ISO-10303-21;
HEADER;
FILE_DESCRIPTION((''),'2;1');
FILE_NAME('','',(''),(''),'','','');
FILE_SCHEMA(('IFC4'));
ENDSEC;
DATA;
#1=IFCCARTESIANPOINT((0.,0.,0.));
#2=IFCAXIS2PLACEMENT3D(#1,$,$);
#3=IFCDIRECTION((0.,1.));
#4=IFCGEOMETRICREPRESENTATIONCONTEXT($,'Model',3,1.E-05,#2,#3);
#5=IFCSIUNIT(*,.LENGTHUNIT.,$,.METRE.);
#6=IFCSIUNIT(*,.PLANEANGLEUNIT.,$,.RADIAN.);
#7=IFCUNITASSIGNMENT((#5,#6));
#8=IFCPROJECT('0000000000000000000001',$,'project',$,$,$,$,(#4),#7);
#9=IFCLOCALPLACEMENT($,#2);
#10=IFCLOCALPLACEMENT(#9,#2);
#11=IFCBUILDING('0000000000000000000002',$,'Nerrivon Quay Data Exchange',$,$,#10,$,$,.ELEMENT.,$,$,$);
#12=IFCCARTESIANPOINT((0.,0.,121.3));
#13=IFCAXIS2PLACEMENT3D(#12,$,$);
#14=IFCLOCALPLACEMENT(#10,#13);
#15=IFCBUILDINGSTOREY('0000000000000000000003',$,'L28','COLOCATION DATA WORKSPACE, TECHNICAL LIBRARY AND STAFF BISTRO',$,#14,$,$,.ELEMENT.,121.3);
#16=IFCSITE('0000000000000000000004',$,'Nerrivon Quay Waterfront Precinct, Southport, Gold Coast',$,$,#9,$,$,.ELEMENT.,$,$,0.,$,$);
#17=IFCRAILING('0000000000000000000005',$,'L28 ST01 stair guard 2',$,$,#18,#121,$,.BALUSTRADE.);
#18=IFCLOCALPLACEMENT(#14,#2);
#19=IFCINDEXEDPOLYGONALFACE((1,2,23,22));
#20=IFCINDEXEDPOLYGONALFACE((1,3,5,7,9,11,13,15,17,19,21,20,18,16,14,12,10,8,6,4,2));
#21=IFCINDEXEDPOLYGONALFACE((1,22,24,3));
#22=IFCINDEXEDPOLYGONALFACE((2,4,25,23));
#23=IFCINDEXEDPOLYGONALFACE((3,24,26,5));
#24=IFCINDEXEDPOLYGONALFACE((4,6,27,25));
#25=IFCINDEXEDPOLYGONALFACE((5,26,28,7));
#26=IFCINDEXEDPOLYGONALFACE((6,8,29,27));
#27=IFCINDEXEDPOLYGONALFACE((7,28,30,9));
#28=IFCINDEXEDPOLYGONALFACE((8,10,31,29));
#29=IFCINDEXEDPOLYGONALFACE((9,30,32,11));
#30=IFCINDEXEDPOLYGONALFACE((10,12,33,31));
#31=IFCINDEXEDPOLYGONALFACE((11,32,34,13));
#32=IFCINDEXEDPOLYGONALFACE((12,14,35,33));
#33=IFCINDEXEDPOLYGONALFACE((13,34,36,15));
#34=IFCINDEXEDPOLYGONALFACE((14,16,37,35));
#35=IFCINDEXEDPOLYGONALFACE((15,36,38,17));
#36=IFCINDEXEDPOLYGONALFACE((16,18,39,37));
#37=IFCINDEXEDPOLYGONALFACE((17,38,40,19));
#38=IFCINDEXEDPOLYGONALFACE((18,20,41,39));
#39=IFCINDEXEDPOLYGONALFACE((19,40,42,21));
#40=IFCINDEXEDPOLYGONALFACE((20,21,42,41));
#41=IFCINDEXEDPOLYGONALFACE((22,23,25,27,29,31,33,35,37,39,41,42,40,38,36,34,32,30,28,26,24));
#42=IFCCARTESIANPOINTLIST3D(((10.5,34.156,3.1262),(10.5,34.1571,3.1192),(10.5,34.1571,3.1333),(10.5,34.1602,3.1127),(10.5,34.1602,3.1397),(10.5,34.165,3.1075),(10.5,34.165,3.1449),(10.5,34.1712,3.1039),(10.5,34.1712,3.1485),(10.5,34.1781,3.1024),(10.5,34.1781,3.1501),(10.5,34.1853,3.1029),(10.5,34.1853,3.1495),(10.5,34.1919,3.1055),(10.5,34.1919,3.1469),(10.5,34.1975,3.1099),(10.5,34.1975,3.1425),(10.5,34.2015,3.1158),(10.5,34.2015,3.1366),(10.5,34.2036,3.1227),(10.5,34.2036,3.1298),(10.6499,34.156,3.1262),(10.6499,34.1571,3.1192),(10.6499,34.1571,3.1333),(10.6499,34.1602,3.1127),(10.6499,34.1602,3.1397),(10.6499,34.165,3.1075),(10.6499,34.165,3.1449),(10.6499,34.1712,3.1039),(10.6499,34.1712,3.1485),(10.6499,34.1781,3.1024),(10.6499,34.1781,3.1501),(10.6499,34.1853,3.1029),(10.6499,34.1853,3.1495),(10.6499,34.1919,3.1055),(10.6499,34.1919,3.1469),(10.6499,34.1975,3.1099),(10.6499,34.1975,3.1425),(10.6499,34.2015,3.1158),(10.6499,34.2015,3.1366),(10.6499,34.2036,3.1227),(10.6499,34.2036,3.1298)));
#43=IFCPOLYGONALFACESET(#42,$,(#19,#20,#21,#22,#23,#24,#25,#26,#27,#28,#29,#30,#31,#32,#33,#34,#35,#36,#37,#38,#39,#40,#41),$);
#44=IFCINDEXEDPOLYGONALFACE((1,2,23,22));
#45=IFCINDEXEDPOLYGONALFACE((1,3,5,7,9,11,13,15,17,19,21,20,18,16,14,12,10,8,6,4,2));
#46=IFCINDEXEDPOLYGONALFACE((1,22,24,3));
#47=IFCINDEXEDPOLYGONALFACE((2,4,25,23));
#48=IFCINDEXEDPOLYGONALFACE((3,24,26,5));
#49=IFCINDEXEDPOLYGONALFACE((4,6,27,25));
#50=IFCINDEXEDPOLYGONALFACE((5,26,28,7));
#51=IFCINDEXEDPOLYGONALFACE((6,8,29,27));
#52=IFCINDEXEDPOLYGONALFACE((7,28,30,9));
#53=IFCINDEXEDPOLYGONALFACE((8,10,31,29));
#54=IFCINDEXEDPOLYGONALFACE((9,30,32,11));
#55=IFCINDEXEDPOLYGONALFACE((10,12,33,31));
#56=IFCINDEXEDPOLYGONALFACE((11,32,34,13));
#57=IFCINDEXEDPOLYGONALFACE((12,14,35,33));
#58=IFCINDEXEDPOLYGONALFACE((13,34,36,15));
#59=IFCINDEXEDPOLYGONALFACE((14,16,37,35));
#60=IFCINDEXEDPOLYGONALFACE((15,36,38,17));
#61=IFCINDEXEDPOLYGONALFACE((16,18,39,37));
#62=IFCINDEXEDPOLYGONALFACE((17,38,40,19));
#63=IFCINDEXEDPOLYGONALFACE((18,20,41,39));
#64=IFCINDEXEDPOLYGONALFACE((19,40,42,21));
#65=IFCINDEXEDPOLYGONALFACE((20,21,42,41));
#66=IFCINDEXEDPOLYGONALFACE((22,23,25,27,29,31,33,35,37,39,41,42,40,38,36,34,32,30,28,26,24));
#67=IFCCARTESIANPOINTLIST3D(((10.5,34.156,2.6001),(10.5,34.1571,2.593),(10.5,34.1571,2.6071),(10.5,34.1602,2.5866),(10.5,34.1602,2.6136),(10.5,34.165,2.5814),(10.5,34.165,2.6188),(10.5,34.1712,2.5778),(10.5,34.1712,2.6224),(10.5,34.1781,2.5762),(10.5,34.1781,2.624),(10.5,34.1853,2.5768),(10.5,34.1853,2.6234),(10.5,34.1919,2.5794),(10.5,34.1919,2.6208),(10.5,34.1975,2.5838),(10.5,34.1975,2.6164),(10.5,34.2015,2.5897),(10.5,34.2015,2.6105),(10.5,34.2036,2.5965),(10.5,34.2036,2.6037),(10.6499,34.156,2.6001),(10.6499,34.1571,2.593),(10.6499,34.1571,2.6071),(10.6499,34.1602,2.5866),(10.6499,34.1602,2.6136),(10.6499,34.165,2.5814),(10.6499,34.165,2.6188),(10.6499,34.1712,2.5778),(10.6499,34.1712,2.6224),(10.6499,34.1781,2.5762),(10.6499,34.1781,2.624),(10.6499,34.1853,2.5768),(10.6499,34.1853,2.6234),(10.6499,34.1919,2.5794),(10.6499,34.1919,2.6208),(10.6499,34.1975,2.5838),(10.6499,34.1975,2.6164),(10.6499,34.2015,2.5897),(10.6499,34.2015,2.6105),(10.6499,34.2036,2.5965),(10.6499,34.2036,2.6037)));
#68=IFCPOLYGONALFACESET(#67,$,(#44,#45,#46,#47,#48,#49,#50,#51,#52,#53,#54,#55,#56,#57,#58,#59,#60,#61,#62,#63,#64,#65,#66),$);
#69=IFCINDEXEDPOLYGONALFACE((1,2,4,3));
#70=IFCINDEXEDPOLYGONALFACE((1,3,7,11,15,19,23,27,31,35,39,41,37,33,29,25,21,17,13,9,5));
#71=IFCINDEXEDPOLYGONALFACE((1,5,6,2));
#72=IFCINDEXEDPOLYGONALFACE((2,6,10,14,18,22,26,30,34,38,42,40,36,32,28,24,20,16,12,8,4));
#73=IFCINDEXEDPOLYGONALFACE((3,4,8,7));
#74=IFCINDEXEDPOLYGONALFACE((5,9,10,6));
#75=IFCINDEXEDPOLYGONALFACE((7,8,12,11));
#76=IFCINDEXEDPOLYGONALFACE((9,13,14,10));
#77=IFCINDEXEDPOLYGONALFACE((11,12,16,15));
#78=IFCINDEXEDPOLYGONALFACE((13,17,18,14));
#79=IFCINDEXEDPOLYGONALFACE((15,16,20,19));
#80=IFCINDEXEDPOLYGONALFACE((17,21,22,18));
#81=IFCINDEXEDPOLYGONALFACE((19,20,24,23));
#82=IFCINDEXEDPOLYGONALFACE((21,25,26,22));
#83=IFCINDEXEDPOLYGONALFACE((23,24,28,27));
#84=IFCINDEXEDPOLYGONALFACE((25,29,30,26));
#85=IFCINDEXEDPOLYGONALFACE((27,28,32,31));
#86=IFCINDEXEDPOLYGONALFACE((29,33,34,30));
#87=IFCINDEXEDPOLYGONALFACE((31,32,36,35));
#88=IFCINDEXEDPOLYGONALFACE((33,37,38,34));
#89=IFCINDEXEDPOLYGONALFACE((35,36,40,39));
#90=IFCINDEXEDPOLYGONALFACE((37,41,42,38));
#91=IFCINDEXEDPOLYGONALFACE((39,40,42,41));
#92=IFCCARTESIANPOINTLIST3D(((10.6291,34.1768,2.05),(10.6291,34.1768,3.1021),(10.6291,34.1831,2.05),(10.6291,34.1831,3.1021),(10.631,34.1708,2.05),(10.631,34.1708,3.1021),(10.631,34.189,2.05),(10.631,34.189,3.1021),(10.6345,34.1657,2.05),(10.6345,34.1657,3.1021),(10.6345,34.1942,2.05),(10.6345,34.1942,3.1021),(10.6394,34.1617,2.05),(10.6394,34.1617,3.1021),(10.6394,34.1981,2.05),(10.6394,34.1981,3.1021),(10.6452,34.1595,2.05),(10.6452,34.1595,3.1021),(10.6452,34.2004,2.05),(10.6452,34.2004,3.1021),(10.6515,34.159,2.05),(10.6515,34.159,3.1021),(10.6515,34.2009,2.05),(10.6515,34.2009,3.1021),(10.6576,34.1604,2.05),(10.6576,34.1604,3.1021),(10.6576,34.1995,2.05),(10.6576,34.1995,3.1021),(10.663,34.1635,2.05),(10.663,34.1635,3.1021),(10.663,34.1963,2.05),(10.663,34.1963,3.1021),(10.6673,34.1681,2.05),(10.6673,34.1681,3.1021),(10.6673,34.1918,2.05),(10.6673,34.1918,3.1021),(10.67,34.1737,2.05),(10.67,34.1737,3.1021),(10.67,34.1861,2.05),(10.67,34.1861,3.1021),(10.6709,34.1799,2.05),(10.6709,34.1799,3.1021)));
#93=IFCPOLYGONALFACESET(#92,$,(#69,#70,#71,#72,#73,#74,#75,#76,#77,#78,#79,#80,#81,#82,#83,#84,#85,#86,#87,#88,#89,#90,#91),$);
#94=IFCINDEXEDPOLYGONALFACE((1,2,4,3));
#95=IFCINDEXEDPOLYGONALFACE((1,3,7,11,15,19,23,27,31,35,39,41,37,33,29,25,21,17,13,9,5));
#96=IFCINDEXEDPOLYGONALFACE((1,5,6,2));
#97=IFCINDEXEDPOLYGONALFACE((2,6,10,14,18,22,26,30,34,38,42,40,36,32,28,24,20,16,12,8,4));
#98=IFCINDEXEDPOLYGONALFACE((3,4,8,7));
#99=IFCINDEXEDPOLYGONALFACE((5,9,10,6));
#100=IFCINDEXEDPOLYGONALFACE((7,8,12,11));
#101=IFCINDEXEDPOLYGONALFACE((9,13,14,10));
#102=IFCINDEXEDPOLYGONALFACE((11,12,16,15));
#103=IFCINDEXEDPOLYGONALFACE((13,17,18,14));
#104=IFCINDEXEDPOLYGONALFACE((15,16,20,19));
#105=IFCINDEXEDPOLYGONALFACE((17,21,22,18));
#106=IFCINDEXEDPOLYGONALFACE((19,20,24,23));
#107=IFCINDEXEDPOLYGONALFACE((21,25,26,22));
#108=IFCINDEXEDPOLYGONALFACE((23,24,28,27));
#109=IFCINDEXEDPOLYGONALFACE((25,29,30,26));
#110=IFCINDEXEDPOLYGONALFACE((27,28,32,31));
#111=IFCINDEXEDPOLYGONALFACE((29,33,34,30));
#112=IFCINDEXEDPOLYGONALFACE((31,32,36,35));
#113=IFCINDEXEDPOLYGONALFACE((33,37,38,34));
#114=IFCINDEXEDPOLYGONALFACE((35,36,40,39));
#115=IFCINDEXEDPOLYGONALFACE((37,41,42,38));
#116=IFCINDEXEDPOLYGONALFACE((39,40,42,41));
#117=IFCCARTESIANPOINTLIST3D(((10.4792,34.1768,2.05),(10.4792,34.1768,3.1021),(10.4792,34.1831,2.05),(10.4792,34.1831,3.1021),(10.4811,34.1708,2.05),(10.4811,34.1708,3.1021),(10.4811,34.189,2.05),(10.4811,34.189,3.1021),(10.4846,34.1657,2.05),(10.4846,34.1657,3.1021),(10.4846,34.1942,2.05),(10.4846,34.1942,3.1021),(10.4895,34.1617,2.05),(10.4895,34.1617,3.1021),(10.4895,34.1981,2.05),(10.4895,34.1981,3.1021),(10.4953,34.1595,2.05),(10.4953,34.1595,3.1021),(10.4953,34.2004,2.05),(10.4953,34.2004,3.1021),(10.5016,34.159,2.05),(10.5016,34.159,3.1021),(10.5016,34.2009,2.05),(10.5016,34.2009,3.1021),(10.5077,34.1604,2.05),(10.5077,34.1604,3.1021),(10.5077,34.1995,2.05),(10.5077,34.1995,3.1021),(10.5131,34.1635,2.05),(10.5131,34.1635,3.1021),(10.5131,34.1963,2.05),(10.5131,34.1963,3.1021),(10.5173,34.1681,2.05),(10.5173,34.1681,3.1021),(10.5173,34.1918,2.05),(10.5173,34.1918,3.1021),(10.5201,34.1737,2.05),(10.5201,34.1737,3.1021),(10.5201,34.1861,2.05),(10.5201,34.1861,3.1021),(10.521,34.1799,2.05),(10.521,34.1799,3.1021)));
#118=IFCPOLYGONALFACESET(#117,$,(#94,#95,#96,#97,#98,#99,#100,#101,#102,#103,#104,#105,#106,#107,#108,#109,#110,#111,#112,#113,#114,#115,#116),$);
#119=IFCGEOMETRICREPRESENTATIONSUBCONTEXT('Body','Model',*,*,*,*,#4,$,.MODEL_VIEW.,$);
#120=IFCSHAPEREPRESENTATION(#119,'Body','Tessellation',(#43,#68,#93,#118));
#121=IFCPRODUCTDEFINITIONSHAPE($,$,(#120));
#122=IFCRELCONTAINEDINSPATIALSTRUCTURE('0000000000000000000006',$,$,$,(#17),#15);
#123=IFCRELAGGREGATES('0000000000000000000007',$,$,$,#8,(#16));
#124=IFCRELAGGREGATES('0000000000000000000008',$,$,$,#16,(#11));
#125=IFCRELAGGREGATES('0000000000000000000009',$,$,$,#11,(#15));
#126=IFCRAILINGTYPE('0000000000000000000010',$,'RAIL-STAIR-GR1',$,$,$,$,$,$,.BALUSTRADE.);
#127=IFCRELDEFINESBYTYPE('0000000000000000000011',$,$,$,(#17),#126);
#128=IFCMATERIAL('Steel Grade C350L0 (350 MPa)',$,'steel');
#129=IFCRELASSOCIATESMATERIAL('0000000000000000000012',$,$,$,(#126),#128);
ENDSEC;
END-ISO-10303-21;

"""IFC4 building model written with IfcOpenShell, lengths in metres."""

from ifc_helpers import new_model, si_unit, direction, frame, origin, origin_2d, place, context, subcontext, project, spatial, circle, extrude, material, type_object, element, save


model = new_model("IFC4")

# Units and contexts
model_context = context("Model", 3, precision=1e-05, world=origin(), true_north=direction((0.0, 1.0)))
body_context = subcontext(model_context, "Body", "Model", "MODEL_VIEW")
ifc_project = project(units=[si_unit("LENGTHUNIT", "METRE"), si_unit("PLANEANGLEUNIT", "RADIAN")], contexts=[model_context])

# Site, building, storey
site_placement = place(None, origin())
site = spatial("IfcSite", under=ifc_project, at=site_placement, Name="Nerrivon Quay Waterfront Precinct, Southport, Gold Coast", CompositionType="ELEMENT", RefElevation=0.0)
building_placement = place(site_placement, origin())
building = spatial("IfcBuilding", under=site, at=building_placement, Name="Nerrivon Quay Data Exchange", CompositionType="ELEMENT")
storey_placement = place(building_placement, frame((0.0, 0.0, 121.3)))
storey = spatial("IfcBuildingStorey", under=building, at=storey_placement, Name="L28", Description="COLOCATION DATA WORKSPACE, TECHNICAL LIBRARY AND STAFF BISTRO", CompositionType="ELEMENT", Elevation=121.3)

# Railing
ifc_material_1 = material(Name="Steel Grade C350L0 (350 MPa)", Category="steel")
railing_type_1 = type_object("IfcRailingType", Name="RAIL-STAIR-GR1", PredefinedType="BALUSTRADE", material=ifc_material_1)
railing_1_placement = place(storey_placement, frame((10.6499, 34.1799, 2.05)))
element("IfcRailing", 1, at=railing_1_placement, inside=storey, type_object=railing_type_1, Name="L28 ST01 stair guard 2", PredefinedType="BALUSTRADE", context=body_context, shape_type="SweptSolid", body=[
    extrude(circle(Radius=0.0239, at=origin_2d()), frame((0.0, 0.0, 1.0762), z_axis=(-1.0, 0.0, 0.0), x_axis=(0.0, -1.0, 0.0)), (0.0, 0.0, 1.0), 0.1499),
    extrude(circle(Radius=0.0239, at=origin_2d()), frame((0.0, 0.0, 0.55), z_axis=(-1.0, 0.0, 0.0), x_axis=(0.0, -1.0, 0.0)), (0.0, 0.0, 1.0), 0.1499),
    extrude(circle(Radius=0.021, at=origin_2d()), origin(), (0.0, 0.0, 1.0), 1.052),
    extrude(circle(Radius=0.021, at=origin_2d()), frame((-0.1499, 0.0, 0.0)), (0.0, 0.0, 1.0), 1.052),
])

save(model, "model.ifc")
